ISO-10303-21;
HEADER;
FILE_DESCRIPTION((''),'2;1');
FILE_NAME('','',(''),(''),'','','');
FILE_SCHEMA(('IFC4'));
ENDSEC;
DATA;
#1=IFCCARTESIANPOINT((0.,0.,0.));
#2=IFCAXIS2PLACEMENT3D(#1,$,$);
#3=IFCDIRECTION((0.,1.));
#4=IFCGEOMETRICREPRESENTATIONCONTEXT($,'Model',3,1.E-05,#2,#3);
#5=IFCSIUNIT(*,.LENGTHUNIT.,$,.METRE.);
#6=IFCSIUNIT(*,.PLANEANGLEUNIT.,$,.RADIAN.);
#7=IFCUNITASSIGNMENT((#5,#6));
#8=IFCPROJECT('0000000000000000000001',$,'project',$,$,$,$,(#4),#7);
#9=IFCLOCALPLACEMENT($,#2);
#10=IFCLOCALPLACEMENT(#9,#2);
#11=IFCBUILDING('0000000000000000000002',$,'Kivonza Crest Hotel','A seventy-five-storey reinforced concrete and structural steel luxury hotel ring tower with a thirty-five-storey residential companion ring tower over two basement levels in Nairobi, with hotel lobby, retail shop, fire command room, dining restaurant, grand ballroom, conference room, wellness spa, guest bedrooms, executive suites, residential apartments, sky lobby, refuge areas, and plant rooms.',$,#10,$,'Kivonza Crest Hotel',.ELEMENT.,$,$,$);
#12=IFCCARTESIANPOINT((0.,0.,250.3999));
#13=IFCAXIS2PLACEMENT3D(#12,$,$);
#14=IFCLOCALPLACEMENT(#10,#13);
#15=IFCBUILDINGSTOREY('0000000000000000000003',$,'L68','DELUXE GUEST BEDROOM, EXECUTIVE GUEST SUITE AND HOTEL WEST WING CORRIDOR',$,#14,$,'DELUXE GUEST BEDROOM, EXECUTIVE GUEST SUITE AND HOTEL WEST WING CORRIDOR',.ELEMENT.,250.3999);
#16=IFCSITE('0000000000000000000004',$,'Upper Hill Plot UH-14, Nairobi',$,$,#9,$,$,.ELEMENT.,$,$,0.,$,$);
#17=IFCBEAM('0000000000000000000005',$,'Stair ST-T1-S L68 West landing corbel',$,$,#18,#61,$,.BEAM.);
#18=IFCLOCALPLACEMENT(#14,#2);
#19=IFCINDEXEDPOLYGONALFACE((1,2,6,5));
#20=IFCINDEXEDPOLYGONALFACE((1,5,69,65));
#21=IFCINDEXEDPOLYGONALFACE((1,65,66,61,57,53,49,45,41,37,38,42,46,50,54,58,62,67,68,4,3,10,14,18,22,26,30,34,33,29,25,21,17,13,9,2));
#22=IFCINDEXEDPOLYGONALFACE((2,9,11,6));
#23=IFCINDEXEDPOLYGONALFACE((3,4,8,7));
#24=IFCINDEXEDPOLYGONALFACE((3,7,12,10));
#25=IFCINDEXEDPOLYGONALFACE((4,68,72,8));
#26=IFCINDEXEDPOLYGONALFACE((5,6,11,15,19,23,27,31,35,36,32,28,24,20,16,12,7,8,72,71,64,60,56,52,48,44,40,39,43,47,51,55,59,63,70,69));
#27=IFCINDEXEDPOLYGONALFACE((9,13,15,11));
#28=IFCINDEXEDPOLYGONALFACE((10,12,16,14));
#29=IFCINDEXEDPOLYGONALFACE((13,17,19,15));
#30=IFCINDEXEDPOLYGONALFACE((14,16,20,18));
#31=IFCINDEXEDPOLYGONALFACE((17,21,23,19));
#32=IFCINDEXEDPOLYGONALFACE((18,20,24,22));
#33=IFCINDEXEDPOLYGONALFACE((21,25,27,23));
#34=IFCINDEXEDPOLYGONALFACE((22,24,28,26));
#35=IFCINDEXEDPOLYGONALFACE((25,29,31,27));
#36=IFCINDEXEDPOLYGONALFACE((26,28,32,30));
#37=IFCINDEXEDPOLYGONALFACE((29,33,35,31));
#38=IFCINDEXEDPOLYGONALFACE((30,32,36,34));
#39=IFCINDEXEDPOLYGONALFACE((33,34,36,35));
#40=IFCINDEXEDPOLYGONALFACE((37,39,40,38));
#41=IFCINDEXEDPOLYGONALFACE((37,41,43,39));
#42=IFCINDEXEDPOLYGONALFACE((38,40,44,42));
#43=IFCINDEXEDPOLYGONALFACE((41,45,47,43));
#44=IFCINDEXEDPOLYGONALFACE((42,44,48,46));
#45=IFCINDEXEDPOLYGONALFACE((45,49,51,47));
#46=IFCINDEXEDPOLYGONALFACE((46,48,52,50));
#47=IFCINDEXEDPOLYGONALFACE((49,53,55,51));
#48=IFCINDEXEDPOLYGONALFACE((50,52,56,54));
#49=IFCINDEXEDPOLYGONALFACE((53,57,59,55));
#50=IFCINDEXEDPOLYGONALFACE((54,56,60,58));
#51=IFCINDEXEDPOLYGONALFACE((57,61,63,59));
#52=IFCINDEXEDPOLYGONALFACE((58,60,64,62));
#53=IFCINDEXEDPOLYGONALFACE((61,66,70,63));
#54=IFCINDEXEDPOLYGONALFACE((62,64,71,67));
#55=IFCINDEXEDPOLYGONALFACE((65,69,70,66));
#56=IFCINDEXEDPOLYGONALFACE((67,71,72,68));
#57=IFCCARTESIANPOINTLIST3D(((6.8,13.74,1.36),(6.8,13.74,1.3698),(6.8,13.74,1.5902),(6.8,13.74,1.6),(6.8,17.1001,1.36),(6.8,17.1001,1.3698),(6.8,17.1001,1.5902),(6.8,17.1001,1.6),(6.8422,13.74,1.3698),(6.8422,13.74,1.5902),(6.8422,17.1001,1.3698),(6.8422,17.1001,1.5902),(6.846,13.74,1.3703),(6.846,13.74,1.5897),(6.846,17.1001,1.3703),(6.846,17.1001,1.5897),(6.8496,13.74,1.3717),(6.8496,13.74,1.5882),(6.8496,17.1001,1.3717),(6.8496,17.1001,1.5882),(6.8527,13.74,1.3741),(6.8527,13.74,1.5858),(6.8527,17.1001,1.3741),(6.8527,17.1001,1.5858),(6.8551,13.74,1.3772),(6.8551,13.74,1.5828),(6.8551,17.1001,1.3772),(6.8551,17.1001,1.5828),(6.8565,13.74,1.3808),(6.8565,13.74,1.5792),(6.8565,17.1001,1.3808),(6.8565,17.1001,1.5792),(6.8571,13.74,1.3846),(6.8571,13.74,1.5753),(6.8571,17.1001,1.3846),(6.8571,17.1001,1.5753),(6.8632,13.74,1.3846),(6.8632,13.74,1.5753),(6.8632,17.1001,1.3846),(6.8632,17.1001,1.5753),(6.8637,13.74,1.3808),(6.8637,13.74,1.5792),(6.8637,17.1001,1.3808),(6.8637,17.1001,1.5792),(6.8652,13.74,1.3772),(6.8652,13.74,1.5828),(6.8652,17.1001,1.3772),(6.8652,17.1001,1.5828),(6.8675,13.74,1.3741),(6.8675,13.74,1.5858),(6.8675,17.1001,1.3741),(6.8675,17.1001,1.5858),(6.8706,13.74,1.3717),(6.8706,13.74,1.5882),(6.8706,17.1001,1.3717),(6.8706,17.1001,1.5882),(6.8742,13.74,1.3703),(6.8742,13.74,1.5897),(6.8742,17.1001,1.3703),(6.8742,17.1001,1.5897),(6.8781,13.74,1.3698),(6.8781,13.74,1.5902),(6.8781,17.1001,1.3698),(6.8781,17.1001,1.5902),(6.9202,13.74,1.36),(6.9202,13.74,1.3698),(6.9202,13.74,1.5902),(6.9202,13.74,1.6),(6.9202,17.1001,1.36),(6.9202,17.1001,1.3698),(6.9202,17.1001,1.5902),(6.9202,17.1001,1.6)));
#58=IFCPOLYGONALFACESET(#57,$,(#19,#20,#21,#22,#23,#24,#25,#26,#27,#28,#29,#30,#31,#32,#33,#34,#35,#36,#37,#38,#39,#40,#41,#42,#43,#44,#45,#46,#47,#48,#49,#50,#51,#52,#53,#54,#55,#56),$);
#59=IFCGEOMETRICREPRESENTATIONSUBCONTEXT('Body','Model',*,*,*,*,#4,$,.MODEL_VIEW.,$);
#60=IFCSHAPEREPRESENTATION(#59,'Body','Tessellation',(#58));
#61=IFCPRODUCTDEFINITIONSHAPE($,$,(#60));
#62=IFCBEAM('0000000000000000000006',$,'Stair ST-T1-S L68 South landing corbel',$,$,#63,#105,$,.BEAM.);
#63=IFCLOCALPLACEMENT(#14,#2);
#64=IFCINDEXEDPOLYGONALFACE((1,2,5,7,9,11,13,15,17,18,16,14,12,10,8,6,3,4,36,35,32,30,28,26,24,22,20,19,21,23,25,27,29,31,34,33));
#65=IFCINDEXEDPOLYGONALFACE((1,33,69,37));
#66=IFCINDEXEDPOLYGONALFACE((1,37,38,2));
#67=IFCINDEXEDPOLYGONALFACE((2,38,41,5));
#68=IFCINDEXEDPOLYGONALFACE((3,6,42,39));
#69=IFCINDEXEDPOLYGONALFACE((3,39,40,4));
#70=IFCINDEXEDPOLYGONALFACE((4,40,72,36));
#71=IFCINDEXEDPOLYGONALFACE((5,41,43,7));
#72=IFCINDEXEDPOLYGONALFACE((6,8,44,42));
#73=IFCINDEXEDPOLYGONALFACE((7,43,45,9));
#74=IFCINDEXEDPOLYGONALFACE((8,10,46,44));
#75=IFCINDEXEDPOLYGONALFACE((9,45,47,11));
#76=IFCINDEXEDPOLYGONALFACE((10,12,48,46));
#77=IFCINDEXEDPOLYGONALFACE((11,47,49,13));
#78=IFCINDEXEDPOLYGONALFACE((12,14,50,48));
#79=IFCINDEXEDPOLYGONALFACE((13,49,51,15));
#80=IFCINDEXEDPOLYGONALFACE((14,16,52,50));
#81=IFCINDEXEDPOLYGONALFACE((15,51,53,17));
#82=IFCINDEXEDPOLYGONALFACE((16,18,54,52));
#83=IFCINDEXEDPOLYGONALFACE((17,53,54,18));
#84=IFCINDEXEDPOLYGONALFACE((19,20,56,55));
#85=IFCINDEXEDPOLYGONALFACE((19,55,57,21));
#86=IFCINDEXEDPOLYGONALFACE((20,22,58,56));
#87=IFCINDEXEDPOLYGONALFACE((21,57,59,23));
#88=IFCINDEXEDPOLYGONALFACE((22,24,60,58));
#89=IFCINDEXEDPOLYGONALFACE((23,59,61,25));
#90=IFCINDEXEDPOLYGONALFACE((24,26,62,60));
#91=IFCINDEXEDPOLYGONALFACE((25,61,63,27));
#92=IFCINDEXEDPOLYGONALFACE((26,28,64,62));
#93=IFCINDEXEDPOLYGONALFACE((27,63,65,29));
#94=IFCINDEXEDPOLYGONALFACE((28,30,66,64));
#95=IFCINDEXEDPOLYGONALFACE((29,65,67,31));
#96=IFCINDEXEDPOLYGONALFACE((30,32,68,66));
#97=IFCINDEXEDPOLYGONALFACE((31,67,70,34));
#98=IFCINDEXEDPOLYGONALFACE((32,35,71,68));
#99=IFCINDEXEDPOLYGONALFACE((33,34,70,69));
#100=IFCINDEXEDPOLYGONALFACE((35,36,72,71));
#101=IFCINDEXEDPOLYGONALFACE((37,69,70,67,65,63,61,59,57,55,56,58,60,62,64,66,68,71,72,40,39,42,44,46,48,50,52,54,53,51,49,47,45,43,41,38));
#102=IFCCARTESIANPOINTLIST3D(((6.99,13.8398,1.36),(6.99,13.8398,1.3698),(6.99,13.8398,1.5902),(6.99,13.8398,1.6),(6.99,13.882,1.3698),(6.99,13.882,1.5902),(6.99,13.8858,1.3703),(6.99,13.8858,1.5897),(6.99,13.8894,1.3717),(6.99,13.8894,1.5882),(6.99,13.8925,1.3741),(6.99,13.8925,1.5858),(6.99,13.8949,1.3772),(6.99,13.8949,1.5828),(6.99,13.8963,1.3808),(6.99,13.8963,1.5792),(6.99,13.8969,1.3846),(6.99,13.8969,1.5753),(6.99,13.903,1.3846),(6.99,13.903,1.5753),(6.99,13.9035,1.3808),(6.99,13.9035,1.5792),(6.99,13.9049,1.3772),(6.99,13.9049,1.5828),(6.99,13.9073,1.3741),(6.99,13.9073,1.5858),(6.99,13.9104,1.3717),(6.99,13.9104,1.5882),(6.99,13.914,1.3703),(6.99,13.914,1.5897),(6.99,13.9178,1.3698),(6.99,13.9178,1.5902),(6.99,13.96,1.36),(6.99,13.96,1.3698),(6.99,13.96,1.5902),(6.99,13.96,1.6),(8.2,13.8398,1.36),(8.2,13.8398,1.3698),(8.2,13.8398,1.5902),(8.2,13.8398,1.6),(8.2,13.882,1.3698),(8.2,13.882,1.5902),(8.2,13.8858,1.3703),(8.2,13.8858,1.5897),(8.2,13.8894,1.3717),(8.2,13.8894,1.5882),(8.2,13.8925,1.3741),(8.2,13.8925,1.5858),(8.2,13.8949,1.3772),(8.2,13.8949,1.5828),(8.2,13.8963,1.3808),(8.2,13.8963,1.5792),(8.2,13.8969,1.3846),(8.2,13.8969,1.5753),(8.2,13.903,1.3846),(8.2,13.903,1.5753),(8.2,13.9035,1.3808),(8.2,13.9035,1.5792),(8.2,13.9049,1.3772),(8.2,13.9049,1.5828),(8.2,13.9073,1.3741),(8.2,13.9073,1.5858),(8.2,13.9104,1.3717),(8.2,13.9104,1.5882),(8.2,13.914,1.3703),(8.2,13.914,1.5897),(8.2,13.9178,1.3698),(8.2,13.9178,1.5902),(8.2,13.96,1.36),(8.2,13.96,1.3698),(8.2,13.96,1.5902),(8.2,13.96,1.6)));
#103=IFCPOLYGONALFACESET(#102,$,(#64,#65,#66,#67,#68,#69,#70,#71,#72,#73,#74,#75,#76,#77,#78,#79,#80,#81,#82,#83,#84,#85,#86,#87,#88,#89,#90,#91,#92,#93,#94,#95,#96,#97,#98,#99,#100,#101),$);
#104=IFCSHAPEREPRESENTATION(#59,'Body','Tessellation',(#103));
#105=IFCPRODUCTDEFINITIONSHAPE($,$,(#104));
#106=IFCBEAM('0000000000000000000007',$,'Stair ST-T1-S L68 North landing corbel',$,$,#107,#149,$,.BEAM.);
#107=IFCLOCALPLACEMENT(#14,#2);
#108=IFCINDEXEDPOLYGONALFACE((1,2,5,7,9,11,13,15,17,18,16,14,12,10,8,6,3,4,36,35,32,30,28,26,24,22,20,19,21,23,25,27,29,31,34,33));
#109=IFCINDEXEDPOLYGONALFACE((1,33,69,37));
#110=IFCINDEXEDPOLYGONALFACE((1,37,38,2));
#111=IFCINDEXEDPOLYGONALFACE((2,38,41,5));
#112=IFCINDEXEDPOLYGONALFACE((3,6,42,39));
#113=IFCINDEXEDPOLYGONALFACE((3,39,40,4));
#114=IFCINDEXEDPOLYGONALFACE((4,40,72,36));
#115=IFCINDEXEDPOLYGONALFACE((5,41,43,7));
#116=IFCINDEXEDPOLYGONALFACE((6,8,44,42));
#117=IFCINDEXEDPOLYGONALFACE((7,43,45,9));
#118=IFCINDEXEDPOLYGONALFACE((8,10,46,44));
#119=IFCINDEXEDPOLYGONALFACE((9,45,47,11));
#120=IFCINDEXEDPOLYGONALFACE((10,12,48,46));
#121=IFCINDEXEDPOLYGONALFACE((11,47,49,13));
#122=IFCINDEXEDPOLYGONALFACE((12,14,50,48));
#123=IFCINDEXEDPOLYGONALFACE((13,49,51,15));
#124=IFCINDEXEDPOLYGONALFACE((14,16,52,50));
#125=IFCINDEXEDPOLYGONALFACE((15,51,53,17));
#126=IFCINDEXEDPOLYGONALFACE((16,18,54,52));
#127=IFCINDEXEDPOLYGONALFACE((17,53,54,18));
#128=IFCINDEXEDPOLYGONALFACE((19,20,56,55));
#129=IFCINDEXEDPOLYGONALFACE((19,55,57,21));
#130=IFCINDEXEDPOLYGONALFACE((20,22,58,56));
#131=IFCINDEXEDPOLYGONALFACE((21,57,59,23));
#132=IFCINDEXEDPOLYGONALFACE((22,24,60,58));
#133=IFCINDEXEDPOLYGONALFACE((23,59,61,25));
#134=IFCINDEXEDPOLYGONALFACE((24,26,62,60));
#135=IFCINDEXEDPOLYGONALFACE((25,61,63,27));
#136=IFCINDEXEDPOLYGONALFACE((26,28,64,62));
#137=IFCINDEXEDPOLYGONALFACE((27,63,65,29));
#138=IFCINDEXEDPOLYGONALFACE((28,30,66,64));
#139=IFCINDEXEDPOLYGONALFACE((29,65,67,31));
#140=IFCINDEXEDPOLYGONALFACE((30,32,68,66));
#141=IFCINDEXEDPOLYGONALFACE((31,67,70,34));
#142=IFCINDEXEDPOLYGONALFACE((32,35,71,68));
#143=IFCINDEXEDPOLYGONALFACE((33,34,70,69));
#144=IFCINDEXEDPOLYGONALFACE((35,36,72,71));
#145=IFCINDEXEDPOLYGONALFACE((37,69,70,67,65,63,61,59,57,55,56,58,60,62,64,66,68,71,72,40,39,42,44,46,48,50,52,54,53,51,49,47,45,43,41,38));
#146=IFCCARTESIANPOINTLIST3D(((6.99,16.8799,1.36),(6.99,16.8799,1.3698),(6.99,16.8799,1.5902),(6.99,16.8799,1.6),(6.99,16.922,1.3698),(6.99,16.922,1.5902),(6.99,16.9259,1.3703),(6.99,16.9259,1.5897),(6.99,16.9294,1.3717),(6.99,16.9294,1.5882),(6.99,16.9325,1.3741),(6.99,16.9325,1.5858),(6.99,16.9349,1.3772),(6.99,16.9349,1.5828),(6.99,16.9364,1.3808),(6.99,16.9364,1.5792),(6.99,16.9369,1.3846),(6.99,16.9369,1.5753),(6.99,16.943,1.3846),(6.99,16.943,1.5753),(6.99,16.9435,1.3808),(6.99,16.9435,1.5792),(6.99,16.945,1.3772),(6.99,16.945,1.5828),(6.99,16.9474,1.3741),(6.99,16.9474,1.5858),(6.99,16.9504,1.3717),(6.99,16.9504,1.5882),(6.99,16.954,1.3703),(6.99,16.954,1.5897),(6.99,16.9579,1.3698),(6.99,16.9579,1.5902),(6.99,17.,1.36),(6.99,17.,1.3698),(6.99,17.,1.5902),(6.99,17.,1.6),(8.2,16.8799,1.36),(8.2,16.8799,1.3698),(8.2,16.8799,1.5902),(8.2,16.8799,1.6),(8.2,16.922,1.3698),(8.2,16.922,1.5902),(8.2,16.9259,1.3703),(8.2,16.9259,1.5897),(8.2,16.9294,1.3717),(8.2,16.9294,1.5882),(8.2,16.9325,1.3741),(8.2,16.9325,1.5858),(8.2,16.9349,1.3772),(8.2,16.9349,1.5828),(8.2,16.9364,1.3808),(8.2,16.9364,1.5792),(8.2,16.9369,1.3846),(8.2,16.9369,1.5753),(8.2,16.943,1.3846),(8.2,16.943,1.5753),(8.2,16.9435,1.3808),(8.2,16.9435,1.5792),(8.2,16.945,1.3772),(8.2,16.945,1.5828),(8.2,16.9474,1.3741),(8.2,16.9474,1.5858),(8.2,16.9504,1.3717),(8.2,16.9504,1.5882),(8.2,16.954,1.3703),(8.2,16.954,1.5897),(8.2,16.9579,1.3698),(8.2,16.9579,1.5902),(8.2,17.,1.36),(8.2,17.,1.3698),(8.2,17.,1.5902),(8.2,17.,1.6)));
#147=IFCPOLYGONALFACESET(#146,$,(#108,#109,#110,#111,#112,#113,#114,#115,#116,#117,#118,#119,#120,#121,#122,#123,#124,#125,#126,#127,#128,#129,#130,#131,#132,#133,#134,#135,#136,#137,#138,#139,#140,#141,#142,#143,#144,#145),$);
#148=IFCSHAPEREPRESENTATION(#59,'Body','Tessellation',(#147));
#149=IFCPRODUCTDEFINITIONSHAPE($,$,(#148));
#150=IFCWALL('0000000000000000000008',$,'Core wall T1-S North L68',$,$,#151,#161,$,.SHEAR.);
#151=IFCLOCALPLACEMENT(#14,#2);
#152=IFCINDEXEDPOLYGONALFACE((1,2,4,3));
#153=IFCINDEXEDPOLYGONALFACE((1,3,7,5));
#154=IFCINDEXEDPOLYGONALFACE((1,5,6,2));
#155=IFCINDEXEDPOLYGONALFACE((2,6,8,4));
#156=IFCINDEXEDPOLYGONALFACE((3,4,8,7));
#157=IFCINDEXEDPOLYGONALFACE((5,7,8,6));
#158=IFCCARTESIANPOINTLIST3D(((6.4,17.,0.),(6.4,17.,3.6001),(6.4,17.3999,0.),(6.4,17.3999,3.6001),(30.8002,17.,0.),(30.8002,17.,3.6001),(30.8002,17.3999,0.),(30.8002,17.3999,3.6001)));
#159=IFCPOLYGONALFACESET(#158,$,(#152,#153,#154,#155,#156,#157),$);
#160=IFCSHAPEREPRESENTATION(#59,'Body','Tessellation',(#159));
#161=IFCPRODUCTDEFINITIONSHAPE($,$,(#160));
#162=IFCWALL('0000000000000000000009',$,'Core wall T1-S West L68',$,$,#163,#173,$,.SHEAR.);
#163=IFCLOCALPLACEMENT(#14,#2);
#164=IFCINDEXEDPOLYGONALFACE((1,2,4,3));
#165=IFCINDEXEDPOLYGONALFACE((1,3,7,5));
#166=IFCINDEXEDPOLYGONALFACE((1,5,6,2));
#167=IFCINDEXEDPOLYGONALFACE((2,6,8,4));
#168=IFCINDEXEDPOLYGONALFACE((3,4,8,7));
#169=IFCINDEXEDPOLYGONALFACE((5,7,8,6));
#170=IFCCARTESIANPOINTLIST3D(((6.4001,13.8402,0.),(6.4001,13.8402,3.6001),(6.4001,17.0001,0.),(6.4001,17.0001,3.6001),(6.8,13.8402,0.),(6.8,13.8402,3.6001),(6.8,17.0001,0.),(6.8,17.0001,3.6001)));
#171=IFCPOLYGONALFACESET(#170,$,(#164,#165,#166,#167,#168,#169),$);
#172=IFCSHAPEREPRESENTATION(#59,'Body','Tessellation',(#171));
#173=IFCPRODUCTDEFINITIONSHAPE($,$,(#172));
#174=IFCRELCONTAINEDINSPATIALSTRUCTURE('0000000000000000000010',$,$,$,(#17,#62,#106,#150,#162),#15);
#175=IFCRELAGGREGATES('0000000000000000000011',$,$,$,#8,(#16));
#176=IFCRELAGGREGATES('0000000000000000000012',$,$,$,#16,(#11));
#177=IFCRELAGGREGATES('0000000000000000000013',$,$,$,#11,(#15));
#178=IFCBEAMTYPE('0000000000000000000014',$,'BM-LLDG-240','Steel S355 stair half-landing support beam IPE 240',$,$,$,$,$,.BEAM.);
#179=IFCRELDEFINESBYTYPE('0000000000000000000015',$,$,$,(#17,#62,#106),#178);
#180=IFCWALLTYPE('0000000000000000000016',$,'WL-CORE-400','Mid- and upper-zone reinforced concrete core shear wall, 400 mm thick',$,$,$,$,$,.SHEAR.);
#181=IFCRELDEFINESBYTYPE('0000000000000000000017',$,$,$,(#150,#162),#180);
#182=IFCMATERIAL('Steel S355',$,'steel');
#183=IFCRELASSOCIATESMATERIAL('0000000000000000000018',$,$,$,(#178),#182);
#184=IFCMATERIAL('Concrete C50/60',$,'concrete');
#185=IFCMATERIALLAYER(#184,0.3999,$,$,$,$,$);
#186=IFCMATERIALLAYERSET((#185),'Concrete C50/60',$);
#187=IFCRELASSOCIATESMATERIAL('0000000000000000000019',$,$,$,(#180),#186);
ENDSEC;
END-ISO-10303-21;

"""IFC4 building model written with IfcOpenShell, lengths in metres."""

from ifc_helpers import new_model, si_unit, direction, frame, frame_2d, origin, origin_2d, place, context, subcontext, project, spatial, rectangle, i_section, extrude, material, layer, layer_set, material_profile, profile_set, type_object, element, save


model = new_model("IFC4")

# Units and contexts
model_context = context("Model", 3, precision=1e-05, world=origin(), true_north=direction((0.0, 1.0)))
body_context = subcontext(model_context, "Body", "Model", "MODEL_VIEW")
ifc_project = project(units=[si_unit("LENGTHUNIT", "METRE"), si_unit("PLANEANGLEUNIT", "RADIAN")], contexts=[model_context])

# Site, building, storey
site_placement = place(None, origin())
site = spatial("IfcSite", under=ifc_project, at=site_placement, Name="Upper Hill Plot UH-14, Nairobi", CompositionType="ELEMENT", RefElevation=0.0)
building_placement = place(site_placement, origin())
building = spatial("IfcBuilding", under=site, at=building_placement, Name="Kivonza Crest Hotel", Description="A seventy-five-storey reinforced concrete and structural steel luxury hotel ring tower with a thirty-five-storey residential companion ring tower over two basement levels in Nairobi, with hotel lobby, retail shop, fire command room, dining restaurant, grand ballroom, conference room, wellness spa, guest bedrooms, executive suites, residential apartments, sky lobby, refuge areas, and plant rooms.", LongName="Kivonza Crest Hotel", CompositionType="ELEMENT")
storey_placement = place(building_placement, frame((0.0, 0.0, 250.3999)))
storey = spatial("IfcBuildingStorey", under=building, at=storey_placement, Name="L68", Description="DELUXE GUEST BEDROOM, EXECUTIVE GUEST SUITE AND HOTEL WEST WING CORRIDOR", LongName="DELUXE GUEST BEDROOM, EXECUTIVE GUEST SUITE AND HOTEL WEST WING CORRIDOR", CompositionType="ELEMENT", Elevation=250.3999)

# Beams
ifc_material_1 = material(Name="Steel S355", Category="steel")
ifc_material_profile = material_profile(ifc_material_1, i_section(OverallWidth=0.1201, OverallDepth=0.24, WebThickness=0.0061, FlangeThickness=0.0098, FilletRadius=0.0149, at=origin_2d()), Name="IPE 240")
ifc_profile_set = profile_set([ifc_material_profile], Name="Steel S355")
beam_type = type_object("IfcBeamType", Name="BM-LLDG-240", Description="Steel S355 stair half-landing support beam IPE 240", PredefinedType="BEAM", material=ifc_profile_set)
beam_placement = place(storey_placement, frame((6.8601, 13.74, 1.48), z_axis=(0.0, 1.0, 0.0), x_axis=(-1.0, 0.0, 0.0)))
element("IfcBeam", 1, at=beam_placement, inside=storey, type_object=beam_type, Name="Stair ST-T1-S L68 West landing corbel", PredefinedType="BEAM", context=body_context, shape_type="SweptSolid", body=[
    extrude(i_section(OverallWidth=0.1201, OverallDepth=0.24, WebThickness=0.0061, FlangeThickness=0.0098, FilletRadius=0.0149, at=origin_2d()), origin(), (0.0, 0.0, 1.0), 3.3601),
])
for number, where, z_axis, x_axis, name in (
    (2, (6.99, 13.8999, 1.48), (1.0, 0.0, 0.0), (0.0, 1.0, 0.0), "Stair ST-T1-S L68 South landing corbel"),
    (3, (6.99, 16.9399, 1.48), (1.0, 0.0, 0.0), (0.0, 1.0, 0.0), "Stair ST-T1-S L68 North landing corbel"),
):
    element("IfcBeam", number, at=place(storey_placement, frame(where, z_axis=z_axis, x_axis=x_axis)), inside=storey, type_object=beam_type, Name=name, PredefinedType="BEAM", context=body_context, shape_type="SweptSolid", body=[
        extrude(i_section(OverallWidth=0.1201, OverallDepth=0.24, WebThickness=0.0061, FlangeThickness=0.0098, FilletRadius=0.0149, at=origin_2d()), origin(), (0.0, 0.0, 1.0), 1.21),
    ])

# Shared definitions
ifc_material_2 = material(Name="Concrete C50/60", Category="concrete")
ifc_layer_1 = layer(ifc_material_2, 0.3999)
ifc_layer_set_1 = layer_set([ifc_layer_1], Name="Concrete C50/60")
wall_type_1 = type_object("IfcWallType", Name="WL-CORE-400", Description="Mid- and upper-zone reinforced concrete core shear wall, 400 mm thick", PredefinedType="SHEAR", material=ifc_layer_set_1)

# Walls
wall_1_placement = place(storey_placement, frame((6.3999, 17.2, 0.0), z_axis=(0.0, 0.0, 1.0), x_axis=(1.0, 0.0, 0.0)))
element("IfcWall", 4, at=wall_1_placement, inside=storey, type_object=wall_type_1, Name="Core wall T1-S North L68", PredefinedType="SHEAR", context=body_context, shape_type="SweptSolid", body=[
    extrude(rectangle(XDim=24.4001, YDim=0.3999, at=frame_2d((12.2002, 0.0))), origin(), (0.0, 0.0, 1.0), 3.6001),
])
wall_2_placement = place(storey_placement, frame((6.6001, 13.8401, 0.0), z_axis=(0.0, 0.0, 1.0), x_axis=(0.0, 1.0, 0.0)))
element("IfcWall", 5, at=wall_2_placement, inside=storey, type_object=wall_type_1, Name="Core wall T1-S West L68", PredefinedType="SHEAR", context=body_context, shape_type="SweptSolid", body=[
    extrude(rectangle(XDim=3.1599, YDim=0.3999, at=frame_2d((1.5801, 0.0))), origin(), (0.0, 0.0, 1.0), 3.6001),
])

save(model, "model.ifc")
